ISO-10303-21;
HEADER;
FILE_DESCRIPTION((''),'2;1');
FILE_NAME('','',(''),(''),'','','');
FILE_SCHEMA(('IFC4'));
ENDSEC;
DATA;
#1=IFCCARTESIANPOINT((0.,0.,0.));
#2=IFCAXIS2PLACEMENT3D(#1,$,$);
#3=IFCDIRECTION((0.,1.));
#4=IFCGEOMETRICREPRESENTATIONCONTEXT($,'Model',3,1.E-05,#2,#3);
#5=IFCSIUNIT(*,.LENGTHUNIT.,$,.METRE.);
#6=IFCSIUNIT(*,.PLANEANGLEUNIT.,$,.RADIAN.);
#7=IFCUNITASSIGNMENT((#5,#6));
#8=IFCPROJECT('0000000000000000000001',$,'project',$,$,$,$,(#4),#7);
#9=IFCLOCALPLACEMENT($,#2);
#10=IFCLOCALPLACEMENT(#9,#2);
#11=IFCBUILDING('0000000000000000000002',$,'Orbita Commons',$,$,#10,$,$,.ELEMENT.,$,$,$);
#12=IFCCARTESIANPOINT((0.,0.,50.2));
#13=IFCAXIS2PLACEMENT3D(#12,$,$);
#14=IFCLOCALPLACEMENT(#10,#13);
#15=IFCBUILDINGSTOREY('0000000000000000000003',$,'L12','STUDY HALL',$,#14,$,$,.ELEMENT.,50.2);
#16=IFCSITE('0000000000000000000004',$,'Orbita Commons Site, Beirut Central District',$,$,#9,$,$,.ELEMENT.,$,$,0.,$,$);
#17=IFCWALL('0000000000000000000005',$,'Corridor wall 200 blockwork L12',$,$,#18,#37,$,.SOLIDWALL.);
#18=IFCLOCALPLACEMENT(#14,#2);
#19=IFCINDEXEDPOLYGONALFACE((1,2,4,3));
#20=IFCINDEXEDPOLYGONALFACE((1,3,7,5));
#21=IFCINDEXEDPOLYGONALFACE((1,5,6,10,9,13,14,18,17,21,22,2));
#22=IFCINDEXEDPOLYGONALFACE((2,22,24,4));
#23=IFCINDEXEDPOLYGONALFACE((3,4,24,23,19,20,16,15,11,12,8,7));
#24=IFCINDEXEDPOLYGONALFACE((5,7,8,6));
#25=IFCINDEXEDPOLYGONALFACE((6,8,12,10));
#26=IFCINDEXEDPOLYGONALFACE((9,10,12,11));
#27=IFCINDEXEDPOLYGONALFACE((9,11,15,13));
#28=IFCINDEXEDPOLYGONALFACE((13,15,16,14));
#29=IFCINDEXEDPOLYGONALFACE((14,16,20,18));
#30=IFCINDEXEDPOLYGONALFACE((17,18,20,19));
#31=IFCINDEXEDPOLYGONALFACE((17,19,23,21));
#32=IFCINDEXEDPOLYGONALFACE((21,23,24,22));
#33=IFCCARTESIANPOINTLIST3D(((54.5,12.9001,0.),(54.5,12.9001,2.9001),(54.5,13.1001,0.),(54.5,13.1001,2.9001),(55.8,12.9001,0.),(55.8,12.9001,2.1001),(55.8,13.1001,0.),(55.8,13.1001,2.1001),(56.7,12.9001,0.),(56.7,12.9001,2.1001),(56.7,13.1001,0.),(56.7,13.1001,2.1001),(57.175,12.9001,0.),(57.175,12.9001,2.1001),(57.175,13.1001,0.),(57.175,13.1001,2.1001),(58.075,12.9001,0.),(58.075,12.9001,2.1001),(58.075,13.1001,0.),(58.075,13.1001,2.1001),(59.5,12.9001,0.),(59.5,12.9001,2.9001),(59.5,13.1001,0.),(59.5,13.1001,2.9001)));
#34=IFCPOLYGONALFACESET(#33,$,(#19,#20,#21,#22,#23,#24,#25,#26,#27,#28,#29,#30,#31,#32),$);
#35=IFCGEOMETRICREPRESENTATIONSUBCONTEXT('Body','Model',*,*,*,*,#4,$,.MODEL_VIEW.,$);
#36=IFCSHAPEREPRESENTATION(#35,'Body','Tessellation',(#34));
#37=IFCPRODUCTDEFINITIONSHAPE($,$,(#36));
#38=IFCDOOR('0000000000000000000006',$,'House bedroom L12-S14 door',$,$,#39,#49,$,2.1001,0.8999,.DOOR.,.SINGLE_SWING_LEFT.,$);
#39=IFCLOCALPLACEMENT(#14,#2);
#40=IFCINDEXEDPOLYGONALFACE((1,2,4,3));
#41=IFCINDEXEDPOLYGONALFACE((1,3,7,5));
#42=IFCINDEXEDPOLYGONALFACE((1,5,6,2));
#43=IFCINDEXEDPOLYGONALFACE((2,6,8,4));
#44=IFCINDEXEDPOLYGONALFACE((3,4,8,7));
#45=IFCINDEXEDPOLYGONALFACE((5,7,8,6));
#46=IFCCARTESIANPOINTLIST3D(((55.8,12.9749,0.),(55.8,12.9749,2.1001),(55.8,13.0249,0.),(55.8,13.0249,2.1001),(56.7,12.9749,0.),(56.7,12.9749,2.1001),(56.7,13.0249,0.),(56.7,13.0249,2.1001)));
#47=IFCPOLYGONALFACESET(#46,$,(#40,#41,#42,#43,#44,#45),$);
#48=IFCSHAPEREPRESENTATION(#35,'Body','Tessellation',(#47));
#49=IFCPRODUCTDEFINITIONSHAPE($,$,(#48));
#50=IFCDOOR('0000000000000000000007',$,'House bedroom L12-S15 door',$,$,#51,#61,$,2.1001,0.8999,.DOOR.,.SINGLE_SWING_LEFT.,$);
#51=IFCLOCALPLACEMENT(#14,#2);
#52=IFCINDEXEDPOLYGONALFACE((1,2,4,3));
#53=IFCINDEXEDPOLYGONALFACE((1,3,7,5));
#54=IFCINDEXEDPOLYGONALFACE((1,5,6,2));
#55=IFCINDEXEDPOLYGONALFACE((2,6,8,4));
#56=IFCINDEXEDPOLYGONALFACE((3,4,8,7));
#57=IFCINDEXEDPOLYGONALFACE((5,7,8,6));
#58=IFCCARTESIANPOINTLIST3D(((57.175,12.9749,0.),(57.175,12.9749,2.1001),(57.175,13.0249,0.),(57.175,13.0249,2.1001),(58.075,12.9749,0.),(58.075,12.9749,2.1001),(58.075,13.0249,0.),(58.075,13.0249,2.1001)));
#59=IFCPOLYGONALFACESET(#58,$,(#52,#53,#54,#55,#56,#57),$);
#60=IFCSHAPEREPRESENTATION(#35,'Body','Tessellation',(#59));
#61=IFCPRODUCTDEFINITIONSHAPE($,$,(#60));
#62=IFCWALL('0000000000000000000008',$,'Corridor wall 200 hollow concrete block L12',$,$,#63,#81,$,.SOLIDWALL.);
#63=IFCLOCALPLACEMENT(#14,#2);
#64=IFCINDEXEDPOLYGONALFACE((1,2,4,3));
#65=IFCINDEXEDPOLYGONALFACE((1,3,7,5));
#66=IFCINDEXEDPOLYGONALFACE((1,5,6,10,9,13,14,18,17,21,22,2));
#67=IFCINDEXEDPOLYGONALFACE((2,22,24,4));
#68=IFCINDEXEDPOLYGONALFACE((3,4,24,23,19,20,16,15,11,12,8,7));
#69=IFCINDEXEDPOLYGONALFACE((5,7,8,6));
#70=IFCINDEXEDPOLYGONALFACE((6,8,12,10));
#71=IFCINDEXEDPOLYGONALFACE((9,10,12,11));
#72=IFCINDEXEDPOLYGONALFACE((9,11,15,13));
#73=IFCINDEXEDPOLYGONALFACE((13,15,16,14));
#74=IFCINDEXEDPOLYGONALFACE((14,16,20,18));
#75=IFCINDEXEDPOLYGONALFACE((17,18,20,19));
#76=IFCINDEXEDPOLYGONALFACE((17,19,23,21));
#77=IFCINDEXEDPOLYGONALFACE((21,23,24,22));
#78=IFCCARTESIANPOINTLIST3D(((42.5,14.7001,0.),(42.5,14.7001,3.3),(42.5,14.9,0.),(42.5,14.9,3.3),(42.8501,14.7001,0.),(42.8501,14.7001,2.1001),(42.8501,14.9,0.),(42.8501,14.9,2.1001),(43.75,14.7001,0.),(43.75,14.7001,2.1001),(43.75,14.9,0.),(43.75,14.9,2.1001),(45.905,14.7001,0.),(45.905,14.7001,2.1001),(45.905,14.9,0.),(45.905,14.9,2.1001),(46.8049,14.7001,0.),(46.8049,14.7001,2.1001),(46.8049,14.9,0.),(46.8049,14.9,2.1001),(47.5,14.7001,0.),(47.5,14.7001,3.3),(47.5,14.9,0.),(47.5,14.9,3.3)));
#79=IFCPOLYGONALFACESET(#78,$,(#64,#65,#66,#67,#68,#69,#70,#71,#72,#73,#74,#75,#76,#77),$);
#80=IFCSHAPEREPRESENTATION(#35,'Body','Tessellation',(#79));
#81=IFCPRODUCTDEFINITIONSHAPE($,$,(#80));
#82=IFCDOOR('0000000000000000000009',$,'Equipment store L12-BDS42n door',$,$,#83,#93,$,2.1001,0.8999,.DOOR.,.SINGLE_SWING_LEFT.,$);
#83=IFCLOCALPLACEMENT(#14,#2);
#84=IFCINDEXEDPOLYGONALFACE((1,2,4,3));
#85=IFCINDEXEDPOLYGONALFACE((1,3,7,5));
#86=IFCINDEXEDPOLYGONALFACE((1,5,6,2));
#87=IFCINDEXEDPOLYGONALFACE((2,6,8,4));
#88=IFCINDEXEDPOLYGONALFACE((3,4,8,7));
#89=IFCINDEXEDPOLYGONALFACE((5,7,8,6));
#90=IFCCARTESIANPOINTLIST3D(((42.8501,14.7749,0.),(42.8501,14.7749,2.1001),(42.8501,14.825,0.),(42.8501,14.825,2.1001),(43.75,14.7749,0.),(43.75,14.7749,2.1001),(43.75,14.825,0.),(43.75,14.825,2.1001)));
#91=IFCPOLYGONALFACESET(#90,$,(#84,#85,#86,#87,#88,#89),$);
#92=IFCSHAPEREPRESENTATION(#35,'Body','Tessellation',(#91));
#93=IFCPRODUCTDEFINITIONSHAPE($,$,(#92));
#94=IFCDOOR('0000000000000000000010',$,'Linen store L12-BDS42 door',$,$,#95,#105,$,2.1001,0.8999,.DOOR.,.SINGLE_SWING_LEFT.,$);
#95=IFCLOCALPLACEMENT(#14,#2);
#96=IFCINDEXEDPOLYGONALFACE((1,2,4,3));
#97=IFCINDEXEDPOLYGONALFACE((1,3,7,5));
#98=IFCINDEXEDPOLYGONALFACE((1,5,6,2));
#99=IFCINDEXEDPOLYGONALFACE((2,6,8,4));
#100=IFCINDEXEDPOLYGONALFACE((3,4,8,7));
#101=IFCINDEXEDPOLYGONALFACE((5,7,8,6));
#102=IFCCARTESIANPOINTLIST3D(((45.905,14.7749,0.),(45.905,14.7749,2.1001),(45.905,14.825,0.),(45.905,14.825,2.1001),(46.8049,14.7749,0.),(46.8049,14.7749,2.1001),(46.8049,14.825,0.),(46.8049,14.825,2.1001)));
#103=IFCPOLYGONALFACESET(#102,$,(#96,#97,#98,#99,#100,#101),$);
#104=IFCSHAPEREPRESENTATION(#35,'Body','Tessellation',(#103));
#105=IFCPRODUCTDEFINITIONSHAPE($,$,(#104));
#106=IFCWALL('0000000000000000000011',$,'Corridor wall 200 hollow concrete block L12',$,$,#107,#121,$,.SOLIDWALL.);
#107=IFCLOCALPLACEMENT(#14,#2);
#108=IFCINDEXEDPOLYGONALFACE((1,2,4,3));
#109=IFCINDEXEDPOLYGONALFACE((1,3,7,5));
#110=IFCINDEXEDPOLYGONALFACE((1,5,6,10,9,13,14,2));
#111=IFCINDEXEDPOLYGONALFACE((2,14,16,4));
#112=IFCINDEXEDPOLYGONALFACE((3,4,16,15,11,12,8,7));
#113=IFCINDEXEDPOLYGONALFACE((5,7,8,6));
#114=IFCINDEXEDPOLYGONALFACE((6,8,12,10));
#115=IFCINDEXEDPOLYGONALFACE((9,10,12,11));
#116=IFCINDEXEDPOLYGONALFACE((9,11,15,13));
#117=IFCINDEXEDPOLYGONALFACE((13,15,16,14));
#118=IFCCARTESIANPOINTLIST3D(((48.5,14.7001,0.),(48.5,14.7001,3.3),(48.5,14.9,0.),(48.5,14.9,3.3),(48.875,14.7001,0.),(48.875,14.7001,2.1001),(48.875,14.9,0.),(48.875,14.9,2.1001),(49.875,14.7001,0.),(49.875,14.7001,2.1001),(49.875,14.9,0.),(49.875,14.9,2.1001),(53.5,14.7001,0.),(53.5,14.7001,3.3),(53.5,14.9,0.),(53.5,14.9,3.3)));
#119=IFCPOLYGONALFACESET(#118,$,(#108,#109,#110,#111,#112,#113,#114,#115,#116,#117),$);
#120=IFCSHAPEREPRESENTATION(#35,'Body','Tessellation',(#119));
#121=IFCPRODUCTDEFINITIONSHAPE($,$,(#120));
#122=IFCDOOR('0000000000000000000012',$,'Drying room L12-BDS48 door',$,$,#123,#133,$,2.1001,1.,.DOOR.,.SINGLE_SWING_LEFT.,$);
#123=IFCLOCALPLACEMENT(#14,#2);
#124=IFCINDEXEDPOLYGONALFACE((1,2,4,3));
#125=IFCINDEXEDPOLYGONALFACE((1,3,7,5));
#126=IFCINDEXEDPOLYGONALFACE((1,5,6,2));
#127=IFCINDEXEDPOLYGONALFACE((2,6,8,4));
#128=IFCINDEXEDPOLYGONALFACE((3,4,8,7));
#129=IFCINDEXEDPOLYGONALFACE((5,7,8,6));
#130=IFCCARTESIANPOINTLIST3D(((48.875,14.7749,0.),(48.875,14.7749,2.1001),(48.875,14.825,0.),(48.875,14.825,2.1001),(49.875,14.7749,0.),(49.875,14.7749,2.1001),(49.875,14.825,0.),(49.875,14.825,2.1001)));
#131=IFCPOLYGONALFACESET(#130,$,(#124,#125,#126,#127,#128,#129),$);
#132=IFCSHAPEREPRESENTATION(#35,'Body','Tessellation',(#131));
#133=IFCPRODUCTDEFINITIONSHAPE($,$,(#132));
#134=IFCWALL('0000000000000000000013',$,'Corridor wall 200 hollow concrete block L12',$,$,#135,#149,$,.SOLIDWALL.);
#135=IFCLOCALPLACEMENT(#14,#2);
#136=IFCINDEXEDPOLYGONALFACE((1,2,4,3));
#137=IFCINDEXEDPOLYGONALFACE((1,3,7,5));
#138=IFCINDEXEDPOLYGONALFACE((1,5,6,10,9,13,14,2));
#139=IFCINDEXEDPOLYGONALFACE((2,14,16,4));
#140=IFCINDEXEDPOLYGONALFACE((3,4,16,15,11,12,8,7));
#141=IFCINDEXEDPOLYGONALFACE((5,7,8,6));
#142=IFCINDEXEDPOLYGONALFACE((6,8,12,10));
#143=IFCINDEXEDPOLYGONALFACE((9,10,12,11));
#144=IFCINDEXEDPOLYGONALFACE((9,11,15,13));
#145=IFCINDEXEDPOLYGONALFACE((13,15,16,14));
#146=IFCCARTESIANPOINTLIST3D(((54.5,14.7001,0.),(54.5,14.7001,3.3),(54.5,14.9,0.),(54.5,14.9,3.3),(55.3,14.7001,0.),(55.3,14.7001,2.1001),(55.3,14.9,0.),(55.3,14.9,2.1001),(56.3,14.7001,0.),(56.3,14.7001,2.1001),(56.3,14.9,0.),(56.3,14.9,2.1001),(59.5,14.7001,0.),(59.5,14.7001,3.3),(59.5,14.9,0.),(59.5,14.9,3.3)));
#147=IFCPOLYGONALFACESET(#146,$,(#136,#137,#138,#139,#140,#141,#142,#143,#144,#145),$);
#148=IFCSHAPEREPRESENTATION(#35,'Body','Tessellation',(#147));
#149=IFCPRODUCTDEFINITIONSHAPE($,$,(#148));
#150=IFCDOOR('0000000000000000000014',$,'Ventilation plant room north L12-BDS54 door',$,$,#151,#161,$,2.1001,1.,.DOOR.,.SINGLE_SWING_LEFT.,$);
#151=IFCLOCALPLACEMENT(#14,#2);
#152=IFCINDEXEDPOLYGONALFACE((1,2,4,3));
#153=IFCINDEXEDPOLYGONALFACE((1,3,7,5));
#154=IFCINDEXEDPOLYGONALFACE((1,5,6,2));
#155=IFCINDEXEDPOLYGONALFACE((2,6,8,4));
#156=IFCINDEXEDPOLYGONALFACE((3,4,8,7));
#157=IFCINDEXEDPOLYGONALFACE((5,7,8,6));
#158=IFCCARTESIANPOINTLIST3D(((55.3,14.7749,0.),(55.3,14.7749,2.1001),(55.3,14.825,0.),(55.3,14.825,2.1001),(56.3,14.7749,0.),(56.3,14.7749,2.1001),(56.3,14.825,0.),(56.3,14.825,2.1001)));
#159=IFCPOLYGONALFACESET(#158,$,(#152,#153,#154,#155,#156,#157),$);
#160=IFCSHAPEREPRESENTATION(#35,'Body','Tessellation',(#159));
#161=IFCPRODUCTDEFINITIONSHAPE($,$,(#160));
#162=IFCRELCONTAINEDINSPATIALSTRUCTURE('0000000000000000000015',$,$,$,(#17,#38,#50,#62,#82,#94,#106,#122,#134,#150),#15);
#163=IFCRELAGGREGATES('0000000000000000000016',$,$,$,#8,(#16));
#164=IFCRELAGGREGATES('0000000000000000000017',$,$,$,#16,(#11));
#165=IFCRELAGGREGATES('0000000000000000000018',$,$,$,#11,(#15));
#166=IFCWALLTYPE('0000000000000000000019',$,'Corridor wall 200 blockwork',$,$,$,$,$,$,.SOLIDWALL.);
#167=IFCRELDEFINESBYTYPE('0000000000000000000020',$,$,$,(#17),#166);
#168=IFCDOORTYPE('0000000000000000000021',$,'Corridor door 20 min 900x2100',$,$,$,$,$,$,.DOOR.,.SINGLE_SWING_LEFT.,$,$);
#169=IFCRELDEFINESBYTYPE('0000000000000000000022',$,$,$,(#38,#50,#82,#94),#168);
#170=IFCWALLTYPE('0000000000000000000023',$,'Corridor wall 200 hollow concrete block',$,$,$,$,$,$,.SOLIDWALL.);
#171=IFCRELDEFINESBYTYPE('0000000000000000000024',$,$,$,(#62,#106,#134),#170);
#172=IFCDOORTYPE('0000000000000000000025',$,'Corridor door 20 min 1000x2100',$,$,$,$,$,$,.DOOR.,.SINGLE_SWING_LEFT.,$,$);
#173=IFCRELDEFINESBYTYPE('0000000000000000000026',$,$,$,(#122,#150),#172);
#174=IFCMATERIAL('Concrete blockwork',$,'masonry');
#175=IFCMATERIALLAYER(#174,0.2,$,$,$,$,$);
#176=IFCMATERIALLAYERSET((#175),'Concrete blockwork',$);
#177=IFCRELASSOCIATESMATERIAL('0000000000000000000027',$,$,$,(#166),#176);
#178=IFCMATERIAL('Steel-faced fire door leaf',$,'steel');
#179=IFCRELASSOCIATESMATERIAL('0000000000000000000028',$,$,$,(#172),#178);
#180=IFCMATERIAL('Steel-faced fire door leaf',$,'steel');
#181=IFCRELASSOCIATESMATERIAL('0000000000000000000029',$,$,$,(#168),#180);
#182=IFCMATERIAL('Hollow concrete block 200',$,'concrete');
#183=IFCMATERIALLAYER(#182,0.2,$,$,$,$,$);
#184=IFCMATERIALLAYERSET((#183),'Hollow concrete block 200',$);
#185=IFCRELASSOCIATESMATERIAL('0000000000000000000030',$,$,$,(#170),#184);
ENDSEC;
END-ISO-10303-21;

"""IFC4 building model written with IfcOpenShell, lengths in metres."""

from ifc_helpers import new_model, si_unit, direction, frame, frame_2d, origin, place, context, subcontext, project, spatial, polyline, rectangle, outline, extrude, material, layer, layer_set, type_object, element, fill, save


model = new_model("IFC4")

# Units and contexts
model_context = context("Model", 3, precision=1e-05, world=origin(), true_north=direction((0.0, 1.0)))
body_context = subcontext(model_context, "Body", "Model", "MODEL_VIEW")
ifc_project = project(units=[si_unit("LENGTHUNIT", "METRE"), si_unit("PLANEANGLEUNIT", "RADIAN")], contexts=[model_context])

# Site, building, storey
site_placement = place(None, origin())
site = spatial("IfcSite", under=ifc_project, at=site_placement, Name="Orbita Commons Site, Beirut Central District", CompositionType="ELEMENT", RefElevation=0.0)
building_placement = place(site_placement, origin())
building = spatial("IfcBuilding", under=site, at=building_placement, Name="Orbita Commons", CompositionType="ELEMENT")
storey_placement = place(building_placement, frame((0.0, 0.0, 50.2)))
storey = spatial("IfcBuildingStorey", under=building, at=storey_placement, Name="L12", Description="STUDY HALL", CompositionType="ELEMENT", Elevation=50.2)

# Shared definitions
ifc_material_1 = material(Name="Concrete blockwork", Category="masonry")
ifc_layer_1 = layer(ifc_material_1, 0.2)
ifc_layer_set_1 = layer_set([ifc_layer_1], Name="Concrete blockwork")
wall_type_1 = type_object("IfcWallType", Name="Corridor wall 200 blockwork", PredefinedType="SOLIDWALL", material=ifc_layer_set_1)
ifc_material_2 = material(Name="Steel-faced fire door leaf", Category="steel")
door_type_1 = type_object("IfcDoorType", Name="Corridor door 20 min 1000x2100", OperationType="SINGLE_SWING_LEFT", PredefinedType="DOOR", material=ifc_material_2)

# Walls, openings, doors
wall_1_placement = place(storey_placement, frame((54.5, 13.0, 0.0), z_axis=(0.0, 0.0, 1.0), x_axis=(1.0, 0.0, 0.0)))
wall_1 = element("IfcWall", 1, at=wall_1_placement, inside=storey, type_object=wall_type_1, Name="Corridor wall 200 blockwork L12", PredefinedType="SOLIDWALL", context=body_context, shape_type="SweptSolid", body=[
    extrude(outline(polyline([(0.0, 0.0), (5.0, 0.0), (5.0, 2.9001), (0.0, 2.9001), (0.0, 0.0)])), frame((0.0, 0.1001, 0.0), z_axis=(0.0, -1.0, 0.0), x_axis=(1.0, 0.0, 0.0)), (0.0, 0.0, 1.0), 0.2),
])
opening_1_placement = place(wall_1_placement, frame((1.3, 0.0, 0.0)))
opening_1 = element("IfcOpeningElement", 2, at=opening_1_placement, cuts=wall_1, PredefinedType="OPENING", context=body_context, shape_type="SweptSolid", body=[
    extrude(rectangle(XDim=0.8999, YDim=2.1001, at=frame_2d((0.45, 1.05))), frame((0.0, 0.1099, 0.0), z_axis=(0.0, -1.0, 0.0), x_axis=(1.0, 0.0, 0.0)), (0.0, 0.0, 1.0), 0.22),
])
opening_2_placement = place(wall_1_placement, frame((2.675, 0.0, 0.0)))
opening_2 = element("IfcOpeningElement", 3, at=opening_2_placement, cuts=wall_1, PredefinedType="OPENING", context=body_context, shape_type="SweptSolid", body=[
    extrude(rectangle(XDim=0.8999, YDim=2.1001, at=frame_2d((0.45, 1.05))), frame((0.0, 0.1099, 0.0), z_axis=(0.0, -1.0, 0.0), x_axis=(1.0, 0.0, 0.0)), (0.0, 0.0, 1.0), 0.22),
])
ifc_material_3 = material(Name="Steel-faced fire door leaf", Category="steel")
door_type_2 = type_object("IfcDoorType", Name="Corridor door 20 min 900x2100", OperationType="SINGLE_SWING_LEFT", PredefinedType="DOOR", material=ifc_material_3)
door_1_placement = place(opening_1_placement, origin())
door_1 = element("IfcDoor", 4, at=door_1_placement, inside=storey, type_object=door_type_2, Name="House bedroom L12-S14 door", OperationType="SINGLE_SWING_LEFT", OverallHeight=2.1001, OverallWidth=0.8999, PredefinedType="DOOR", context=body_context, shape_type="SweptSolid", body=[
    extrude(rectangle(XDim=0.8999, YDim=2.1001, at=frame_2d((0.45, 1.05))), frame((0.0, 0.0249, 0.0), z_axis=(0.0, -1.0, 0.0), x_axis=(1.0, 0.0, 0.0)), (0.0, 0.0, 1.0), 0.05),
])
fill(opening_1, door_1)
door_2_placement = place(opening_2_placement, origin())
door_2 = element("IfcDoor", 5, at=door_2_placement, inside=storey, type_object=door_type_2, Name="House bedroom L12-S15 door", OperationType="SINGLE_SWING_LEFT", OverallHeight=2.1001, OverallWidth=0.8999, PredefinedType="DOOR", context=body_context, shape_type="SweptSolid", body=[
    extrude(rectangle(XDim=0.8999, YDim=2.1001, at=frame_2d((0.45, 1.05))), frame((0.0, 0.0249, 0.0), z_axis=(0.0, -1.0, 0.0), x_axis=(1.0, 0.0, 0.0)), (0.0, 0.0, 1.0), 0.05),
])
fill(opening_2, door_2)
ifc_material_4 = material(Name="Hollow concrete block 200", Category="concrete")
ifc_layer_2 = layer(ifc_material_4, 0.2)
ifc_layer_set_2 = layer_set([ifc_layer_2], Name="Hollow concrete block 200")
wall_type_2 = type_object("IfcWallType", Name="Corridor wall 200 hollow concrete block", PredefinedType="SOLIDWALL", material=ifc_layer_set_2)
wall_2_placement = place(storey_placement, frame((42.5, 14.8, 0.0), z_axis=(0.0, 0.0, 1.0), x_axis=(1.0, 0.0, 0.0)))
wall_2 = element("IfcWall", 6, at=wall_2_placement, inside=storey, type_object=wall_type_2, Name="Corridor wall 200 hollow concrete block L12", PredefinedType="SOLIDWALL", context=body_context, shape_type="SweptSolid", body=[
    extrude(rectangle(XDim=5.0, YDim=0.2, at=frame_2d((2.5, 0.0))), origin(), (0.0, 0.0, 1.0), 3.3),
])
opening_3_placement = place(wall_2_placement, frame((0.3501, 0.0, 0.0)))
opening_3 = element("IfcOpeningElement", 7, at=opening_3_placement, cuts=wall_2, PredefinedType="OPENING", context=body_context, shape_type="SweptSolid", body=[
    extrude(rectangle(XDim=0.8999, YDim=2.1001, at=frame_2d((0.45, 1.05))), frame((0.0, 0.1099, 0.0), z_axis=(0.0, -1.0, 0.0), x_axis=(1.0, 0.0, 0.0)), (0.0, 0.0, 1.0), 0.22),
])
opening_4_placement = place(wall_2_placement, frame((3.405, 0.0, 0.0)))
opening_4 = element("IfcOpeningElement", 8, at=opening_4_placement, cuts=wall_2, PredefinedType="OPENING", context=body_context, shape_type="SweptSolid", body=[
    extrude(rectangle(XDim=0.8999, YDim=2.1001, at=frame_2d((0.45, 1.05))), frame((0.0, 0.1099, 0.0), z_axis=(0.0, -1.0, 0.0), x_axis=(1.0, 0.0, 0.0)), (0.0, 0.0, 1.0), 0.22),
])
door_3_placement = place(opening_3_placement, origin())
door_3 = element("IfcDoor", 9, at=door_3_placement, inside=storey, type_object=door_type_2, Name="Equipment store L12-BDS42n door", OperationType="SINGLE_SWING_LEFT", OverallHeight=2.1001, OverallWidth=0.8999, PredefinedType="DOOR", context=body_context, shape_type="SweptSolid", body=[
    extrude(rectangle(XDim=0.8999, YDim=2.1001, at=frame_2d((0.45, 1.05))), frame((0.0, 0.0249, 0.0), z_axis=(0.0, -1.0, 0.0), x_axis=(1.0, 0.0, 0.0)), (0.0, 0.0, 1.0), 0.05),
])
fill(opening_3, door_3)
door_4_placement = place(opening_4_placement, origin())
door_4 = element("IfcDoor", 10, at=door_4_placement, inside=storey, type_object=door_type_2, Name="Linen store L12-BDS42 door", OperationType="SINGLE_SWING_LEFT", OverallHeight=2.1001, OverallWidth=0.8999, PredefinedType="DOOR", context=body_context, shape_type="SweptSolid", body=[
    extrude(rectangle(XDim=0.8999, YDim=2.1001, at=frame_2d((0.45, 1.05))), frame((0.0, 0.0249, 0.0), z_axis=(0.0, -1.0, 0.0), x_axis=(1.0, 0.0, 0.0)), (0.0, 0.0, 1.0), 0.05),
])
fill(opening_4, door_4)

# Walls, openings, doors
wall_3_placement = place(storey_placement, frame((48.5, 14.8, 0.0), z_axis=(0.0, 0.0, 1.0), x_axis=(1.0, 0.0, 0.0)))
wall_3 = element("IfcWall", 11, at=wall_3_placement, inside=storey, type_object=wall_type_2, Name="Corridor wall 200 hollow concrete block L12", PredefinedType="SOLIDWALL", context=body_context, shape_type="SweptSolid", body=[
    extrude(rectangle(XDim=5.0, YDim=0.2, at=frame_2d((2.5, 0.0))), origin(), (0.0, 0.0, 1.0), 3.3),
])
opening_5_placement = place(wall_3_placement, frame((0.375, 0.0, 0.0)))
opening_5 = element("IfcOpeningElement", 12, at=opening_5_placement, cuts=wall_3, PredefinedType="OPENING", context=body_context, shape_type="SweptSolid", body=[
    extrude(rectangle(XDim=1.0, YDim=2.1001, at=frame_2d((0.5, 1.05))), frame((0.0, 0.1099, 0.0), z_axis=(0.0, -1.0, 0.0), x_axis=(1.0, 0.0, 0.0)), (0.0, 0.0, 1.0), 0.22),
])
door_5_placement = place(opening_5_placement, origin())
door_5 = element("IfcDoor", 13, at=door_5_placement, inside=storey, type_object=door_type_1, Name="Drying room L12-BDS48 door", OperationType="SINGLE_SWING_LEFT", OverallHeight=2.1001, OverallWidth=1.0, PredefinedType="DOOR", context=body_context, shape_type="SweptSolid", body=[
    extrude(rectangle(XDim=1.0, YDim=2.1001, at=frame_2d((0.5, 1.05))), frame((0.0, 0.0249, 0.0), z_axis=(0.0, -1.0, 0.0), x_axis=(1.0, 0.0, 0.0)), (0.0, 0.0, 1.0), 0.05),
])
fill(opening_5, door_5)
wall_4_placement = place(storey_placement, frame((54.5, 14.8, 0.0), z_axis=(0.0, 0.0, 1.0), x_axis=(1.0, 0.0, 0.0)))
wall_4 = element("IfcWall", 14, at=wall_4_placement, inside=storey, type_object=wall_type_2, Name="Corridor wall 200 hollow concrete block L12", PredefinedType="SOLIDWALL", context=body_context, shape_type="SweptSolid", body=[
    extrude(rectangle(XDim=5.0, YDim=0.2, at=frame_2d((2.5, 0.0))), origin(), (0.0, 0.0, 1.0), 3.3),
])
opening_6_placement = place(wall_4_placement, frame((0.8, 0.0, 0.0)))
opening_6 = element("IfcOpeningElement", 15, at=opening_6_placement, cuts=wall_4, PredefinedType="OPENING", context=body_context, shape_type="SweptSolid", body=[
    extrude(rectangle(XDim=1.0, YDim=2.1001, at=frame_2d((0.5, 1.05))), frame((0.0, 0.1099, 0.0), z_axis=(0.0, -1.0, 0.0), x_axis=(1.0, 0.0, 0.0)), (0.0, 0.0, 1.0), 0.22),
])
door_6_placement = place(opening_6_placement, origin())
door_6 = element("IfcDoor", 16, at=door_6_placement, inside=storey, type_object=door_type_1, Name="Ventilation plant room north L12-BDS54 door", OperationType="SINGLE_SWING_LEFT", OverallHeight=2.1001, OverallWidth=1.0, PredefinedType="DOOR", context=body_context, shape_type="SweptSolid", body=[
    extrude(rectangle(XDim=1.0, YDim=2.1001, at=frame_2d((0.5, 1.05))), frame((0.0, 0.0249, 0.0), z_axis=(0.0, -1.0, 0.0), x_axis=(1.0, 0.0, 0.0)), (0.0, 0.0, 1.0), 0.05),
])
fill(opening_6, door_6)

save(model, "model.ifc")
